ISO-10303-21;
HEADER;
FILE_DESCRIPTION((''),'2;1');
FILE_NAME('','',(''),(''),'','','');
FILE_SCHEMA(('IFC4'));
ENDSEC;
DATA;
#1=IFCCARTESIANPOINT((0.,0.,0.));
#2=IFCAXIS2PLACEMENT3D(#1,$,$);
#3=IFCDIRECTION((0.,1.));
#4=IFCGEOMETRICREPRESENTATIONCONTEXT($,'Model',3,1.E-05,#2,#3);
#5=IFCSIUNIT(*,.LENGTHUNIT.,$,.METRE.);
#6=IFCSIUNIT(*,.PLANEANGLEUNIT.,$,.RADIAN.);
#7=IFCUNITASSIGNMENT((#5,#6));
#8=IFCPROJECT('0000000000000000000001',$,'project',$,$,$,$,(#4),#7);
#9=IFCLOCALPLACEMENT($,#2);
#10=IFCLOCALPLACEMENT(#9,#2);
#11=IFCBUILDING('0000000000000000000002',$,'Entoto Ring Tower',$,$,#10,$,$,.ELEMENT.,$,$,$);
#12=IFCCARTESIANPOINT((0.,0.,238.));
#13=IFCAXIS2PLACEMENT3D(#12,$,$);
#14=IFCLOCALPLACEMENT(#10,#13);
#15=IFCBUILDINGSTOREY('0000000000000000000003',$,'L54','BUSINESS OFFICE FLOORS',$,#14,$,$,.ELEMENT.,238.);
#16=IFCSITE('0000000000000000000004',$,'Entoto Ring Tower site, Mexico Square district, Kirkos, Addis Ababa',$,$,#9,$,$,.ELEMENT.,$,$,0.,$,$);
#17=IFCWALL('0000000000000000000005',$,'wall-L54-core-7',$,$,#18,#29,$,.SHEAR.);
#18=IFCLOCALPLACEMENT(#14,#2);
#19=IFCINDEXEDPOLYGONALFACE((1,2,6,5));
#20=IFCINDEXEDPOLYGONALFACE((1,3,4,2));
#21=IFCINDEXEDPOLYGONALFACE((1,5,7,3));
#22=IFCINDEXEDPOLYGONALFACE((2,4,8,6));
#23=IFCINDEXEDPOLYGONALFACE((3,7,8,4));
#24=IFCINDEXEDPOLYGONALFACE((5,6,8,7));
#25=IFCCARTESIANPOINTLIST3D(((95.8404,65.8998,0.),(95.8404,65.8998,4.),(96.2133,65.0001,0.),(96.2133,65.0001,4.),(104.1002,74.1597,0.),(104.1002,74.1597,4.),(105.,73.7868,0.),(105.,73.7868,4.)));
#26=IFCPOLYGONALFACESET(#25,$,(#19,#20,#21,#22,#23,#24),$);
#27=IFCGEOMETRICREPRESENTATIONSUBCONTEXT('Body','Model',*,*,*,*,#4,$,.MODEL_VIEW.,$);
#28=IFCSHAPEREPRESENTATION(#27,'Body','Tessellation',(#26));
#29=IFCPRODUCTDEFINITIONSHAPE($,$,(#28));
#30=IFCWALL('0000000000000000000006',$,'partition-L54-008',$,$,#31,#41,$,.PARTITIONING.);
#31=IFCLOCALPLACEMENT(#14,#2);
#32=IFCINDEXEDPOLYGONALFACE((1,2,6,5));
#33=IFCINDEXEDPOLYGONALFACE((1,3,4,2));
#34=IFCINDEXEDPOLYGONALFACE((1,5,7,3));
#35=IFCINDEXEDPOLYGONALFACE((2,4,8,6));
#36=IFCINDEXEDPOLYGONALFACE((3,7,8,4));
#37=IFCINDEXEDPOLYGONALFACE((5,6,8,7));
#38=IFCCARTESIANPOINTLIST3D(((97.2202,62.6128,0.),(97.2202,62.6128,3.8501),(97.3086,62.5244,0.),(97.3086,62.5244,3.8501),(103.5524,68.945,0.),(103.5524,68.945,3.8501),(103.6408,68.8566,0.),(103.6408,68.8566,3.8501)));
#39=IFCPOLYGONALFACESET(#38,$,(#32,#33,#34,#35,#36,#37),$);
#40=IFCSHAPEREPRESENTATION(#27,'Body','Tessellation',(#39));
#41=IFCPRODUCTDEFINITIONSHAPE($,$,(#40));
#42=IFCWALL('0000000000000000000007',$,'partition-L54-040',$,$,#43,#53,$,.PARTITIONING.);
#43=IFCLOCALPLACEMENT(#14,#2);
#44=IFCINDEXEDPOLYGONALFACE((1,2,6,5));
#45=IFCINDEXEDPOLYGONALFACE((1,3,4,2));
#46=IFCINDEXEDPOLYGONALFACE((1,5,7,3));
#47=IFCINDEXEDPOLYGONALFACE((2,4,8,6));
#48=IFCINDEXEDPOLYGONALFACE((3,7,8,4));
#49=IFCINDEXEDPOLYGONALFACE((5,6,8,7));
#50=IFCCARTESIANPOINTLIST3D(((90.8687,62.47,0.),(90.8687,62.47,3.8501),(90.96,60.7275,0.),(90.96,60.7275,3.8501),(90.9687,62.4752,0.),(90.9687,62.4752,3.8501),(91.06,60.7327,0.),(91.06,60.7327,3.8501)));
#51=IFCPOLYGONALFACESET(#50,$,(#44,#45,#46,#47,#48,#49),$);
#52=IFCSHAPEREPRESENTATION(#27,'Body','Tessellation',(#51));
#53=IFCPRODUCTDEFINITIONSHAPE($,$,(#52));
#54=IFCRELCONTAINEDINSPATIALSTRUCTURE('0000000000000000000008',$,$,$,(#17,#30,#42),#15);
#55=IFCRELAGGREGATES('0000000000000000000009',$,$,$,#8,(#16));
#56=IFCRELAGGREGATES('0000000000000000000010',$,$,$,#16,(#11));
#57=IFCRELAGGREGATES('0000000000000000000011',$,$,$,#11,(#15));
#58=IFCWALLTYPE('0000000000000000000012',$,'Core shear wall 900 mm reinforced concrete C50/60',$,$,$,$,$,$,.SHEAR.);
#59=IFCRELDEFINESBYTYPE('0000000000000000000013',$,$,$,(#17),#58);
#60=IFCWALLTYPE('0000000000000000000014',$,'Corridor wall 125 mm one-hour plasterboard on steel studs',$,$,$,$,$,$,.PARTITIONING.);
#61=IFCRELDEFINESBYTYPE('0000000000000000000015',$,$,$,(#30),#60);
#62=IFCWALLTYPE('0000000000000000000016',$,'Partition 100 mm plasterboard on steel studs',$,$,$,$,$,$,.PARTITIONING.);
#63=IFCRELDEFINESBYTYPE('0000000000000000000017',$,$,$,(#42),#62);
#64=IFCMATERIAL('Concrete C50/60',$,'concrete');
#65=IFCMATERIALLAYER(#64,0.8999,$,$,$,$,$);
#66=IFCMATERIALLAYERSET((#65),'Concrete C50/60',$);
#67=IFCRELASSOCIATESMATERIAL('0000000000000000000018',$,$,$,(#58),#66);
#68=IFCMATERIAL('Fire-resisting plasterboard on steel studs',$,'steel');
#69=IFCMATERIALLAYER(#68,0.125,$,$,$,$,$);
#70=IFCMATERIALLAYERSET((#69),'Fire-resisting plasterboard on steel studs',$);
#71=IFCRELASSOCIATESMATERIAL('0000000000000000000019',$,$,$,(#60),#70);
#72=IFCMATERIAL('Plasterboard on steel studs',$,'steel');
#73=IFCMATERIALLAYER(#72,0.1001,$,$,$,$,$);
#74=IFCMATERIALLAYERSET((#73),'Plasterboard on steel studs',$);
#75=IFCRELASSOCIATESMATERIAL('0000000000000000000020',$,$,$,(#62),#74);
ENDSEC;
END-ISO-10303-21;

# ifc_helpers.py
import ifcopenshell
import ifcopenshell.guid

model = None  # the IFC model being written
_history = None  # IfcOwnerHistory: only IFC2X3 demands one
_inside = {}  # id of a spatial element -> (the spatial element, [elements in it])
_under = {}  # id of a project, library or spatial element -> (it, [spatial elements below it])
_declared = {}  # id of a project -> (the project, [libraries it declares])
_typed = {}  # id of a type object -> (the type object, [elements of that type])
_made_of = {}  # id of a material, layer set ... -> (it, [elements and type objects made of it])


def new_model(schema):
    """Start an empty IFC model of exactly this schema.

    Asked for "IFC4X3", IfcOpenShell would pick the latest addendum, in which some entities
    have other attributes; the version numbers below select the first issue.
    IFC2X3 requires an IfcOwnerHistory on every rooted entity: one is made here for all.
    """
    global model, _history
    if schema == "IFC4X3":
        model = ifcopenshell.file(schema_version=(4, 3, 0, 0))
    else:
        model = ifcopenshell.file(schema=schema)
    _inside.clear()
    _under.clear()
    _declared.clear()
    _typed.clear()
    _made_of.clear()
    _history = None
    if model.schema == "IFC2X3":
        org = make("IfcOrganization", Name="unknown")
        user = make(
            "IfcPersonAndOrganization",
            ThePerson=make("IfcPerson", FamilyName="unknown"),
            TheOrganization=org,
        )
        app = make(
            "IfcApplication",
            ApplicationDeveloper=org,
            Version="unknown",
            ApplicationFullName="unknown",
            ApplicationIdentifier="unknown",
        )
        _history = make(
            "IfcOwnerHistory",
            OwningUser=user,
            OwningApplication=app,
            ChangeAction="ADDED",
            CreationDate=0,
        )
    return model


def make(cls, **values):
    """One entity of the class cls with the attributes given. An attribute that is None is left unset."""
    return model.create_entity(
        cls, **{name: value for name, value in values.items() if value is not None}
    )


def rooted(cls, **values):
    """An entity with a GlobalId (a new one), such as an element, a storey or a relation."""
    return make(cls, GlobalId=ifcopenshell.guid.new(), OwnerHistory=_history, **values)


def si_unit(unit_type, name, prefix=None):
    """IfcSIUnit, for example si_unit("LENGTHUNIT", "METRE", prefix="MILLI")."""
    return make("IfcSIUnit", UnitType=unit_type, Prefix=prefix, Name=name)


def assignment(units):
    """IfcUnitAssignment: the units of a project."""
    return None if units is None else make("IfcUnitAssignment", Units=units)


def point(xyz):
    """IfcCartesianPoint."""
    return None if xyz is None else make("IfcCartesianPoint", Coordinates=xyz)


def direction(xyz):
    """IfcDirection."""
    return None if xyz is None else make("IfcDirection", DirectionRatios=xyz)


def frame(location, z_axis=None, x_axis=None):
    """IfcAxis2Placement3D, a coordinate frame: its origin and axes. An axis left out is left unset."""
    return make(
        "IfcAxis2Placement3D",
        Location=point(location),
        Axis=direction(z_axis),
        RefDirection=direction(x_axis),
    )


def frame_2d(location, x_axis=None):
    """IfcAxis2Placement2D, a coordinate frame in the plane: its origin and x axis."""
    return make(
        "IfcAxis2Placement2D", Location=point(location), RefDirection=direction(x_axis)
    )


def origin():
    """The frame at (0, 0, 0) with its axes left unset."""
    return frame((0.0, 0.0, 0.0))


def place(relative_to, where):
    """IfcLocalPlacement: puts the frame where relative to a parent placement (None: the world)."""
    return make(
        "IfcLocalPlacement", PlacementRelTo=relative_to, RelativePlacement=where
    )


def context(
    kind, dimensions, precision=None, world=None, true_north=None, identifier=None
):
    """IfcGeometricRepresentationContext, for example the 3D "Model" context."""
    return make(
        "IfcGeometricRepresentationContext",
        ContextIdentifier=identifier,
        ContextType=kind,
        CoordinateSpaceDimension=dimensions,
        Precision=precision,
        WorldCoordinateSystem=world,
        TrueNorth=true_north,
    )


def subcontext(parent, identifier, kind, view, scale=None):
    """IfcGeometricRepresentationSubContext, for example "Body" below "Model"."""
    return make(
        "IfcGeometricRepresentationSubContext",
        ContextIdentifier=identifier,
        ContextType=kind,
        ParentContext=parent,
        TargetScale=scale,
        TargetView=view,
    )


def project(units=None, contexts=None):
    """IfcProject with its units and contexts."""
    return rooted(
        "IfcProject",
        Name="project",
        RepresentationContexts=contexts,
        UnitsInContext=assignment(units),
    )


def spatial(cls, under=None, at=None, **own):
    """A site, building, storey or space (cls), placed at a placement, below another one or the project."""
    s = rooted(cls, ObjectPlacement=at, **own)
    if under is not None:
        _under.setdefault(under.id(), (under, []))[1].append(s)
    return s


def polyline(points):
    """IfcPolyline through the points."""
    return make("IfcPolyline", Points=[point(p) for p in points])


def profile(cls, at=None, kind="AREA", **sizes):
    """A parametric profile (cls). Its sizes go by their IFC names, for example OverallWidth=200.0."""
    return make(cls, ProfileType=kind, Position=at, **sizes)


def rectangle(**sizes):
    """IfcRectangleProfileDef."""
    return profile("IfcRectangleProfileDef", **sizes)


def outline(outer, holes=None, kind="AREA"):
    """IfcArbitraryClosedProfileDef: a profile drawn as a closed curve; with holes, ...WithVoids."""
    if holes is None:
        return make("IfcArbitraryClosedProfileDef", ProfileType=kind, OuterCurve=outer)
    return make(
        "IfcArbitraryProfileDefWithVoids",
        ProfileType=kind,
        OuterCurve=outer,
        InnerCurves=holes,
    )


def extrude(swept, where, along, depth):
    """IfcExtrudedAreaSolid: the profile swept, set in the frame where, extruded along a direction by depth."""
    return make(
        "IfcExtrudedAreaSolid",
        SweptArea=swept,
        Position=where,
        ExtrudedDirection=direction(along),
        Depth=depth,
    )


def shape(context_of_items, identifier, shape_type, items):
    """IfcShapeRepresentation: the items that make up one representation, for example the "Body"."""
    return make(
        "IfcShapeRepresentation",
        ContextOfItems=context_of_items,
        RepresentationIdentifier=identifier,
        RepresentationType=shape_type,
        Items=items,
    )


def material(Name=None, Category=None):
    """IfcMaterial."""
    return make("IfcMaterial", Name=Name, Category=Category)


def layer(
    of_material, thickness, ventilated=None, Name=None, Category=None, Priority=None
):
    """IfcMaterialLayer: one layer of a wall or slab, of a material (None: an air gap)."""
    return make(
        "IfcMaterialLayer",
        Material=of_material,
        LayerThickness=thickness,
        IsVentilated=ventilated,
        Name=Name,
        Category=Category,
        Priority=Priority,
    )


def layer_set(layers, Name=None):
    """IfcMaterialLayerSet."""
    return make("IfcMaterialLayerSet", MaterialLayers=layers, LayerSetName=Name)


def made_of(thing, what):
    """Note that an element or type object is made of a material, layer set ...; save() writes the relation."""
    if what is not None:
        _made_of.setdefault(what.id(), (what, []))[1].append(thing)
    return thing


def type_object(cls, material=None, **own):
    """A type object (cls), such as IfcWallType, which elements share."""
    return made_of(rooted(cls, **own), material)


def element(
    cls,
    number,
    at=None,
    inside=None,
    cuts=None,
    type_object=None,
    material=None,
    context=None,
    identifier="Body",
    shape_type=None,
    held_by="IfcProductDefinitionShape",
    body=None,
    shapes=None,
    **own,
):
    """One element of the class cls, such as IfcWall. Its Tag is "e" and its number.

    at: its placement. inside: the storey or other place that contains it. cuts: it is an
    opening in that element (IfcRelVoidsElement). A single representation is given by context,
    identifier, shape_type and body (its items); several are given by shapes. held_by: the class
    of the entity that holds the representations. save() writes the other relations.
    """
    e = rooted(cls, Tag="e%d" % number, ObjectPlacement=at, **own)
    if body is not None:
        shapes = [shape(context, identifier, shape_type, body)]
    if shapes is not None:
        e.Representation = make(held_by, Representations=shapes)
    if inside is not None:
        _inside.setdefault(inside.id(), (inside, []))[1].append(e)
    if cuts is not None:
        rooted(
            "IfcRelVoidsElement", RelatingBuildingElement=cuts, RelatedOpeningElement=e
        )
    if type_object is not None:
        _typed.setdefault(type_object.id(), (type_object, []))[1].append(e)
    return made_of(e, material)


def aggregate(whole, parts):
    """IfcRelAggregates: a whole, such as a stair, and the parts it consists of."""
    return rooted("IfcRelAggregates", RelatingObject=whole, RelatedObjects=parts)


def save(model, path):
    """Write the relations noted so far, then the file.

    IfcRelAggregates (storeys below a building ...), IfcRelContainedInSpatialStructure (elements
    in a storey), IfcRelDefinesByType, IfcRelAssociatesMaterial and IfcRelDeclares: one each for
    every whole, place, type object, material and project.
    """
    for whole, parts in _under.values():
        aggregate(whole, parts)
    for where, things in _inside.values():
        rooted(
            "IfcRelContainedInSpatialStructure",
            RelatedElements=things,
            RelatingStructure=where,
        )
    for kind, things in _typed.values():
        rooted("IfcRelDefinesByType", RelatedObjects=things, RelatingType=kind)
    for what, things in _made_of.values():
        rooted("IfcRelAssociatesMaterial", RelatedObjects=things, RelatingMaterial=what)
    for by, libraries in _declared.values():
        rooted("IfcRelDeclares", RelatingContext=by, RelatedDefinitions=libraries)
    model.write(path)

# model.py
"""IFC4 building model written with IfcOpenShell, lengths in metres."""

from ifc_helpers import new_model, si_unit, direction, frame, frame_2d, origin, place, context, subcontext, project, spatial, polyline, rectangle, outline, extrude, material, layer, layer_set, type_object, element, save


model = new_model("IFC4")

# Units and contexts
model_context = context("Model", 3, precision=1e-05, world=origin(), true_north=direction((0.0, 1.0)))
body_context = subcontext(model_context, "Body", "Model", "MODEL_VIEW")
ifc_project = project(units=[si_unit("LENGTHUNIT", "METRE"), si_unit("PLANEANGLEUNIT", "RADIAN")], contexts=[model_context])

# Site, building, storey
site_placement = place(None, origin())
site = spatial("IfcSite", under=ifc_project, at=site_placement, Name="Entoto Ring Tower site, Mexico Square district, Kirkos, Addis Ababa", CompositionType="ELEMENT", RefElevation=0.0)
building_placement = place(site_placement, origin())
building = spatial("IfcBuilding", under=site, at=building_placement, Name="Entoto Ring Tower", CompositionType="ELEMENT")
storey_placement = place(building_placement, frame((0.0, 0.0, 238.0)))
storey = spatial("IfcBuildingStorey", under=building, at=storey_placement, Name="L54", Description="BUSINESS OFFICE FLOORS", CompositionType="ELEMENT", Elevation=238.0)

# Walls
ifc_material_1 = material(Name="Concrete C50/60", Category="concrete")
ifc_layer_1 = layer(ifc_material_1, 0.8999)
ifc_layer_set_1 = layer_set([ifc_layer_1], Name="Concrete C50/60")
wall_type_1 = type_object("IfcWallType", Name="Core shear wall 900 mm reinforced concrete C50/60", PredefinedType="SHEAR", material=ifc_layer_set_1)
wall_1_placement = place(storey_placement, frame((96.0269, 65.45, 0.0), z_axis=(0.0, 0.0, 1.0), x_axis=(0.707107, 0.707107, 0.0)))
element("IfcWall", 1, at=wall_1_placement, inside=storey, type_object=wall_type_1, Name="wall-L54-core-7", PredefinedType="SHEAR", context=body_context, shape_type="SweptSolid", body=[
    extrude(outline(polyline([(-0.1863, -0.45), (12.24, -0.45), (11.8674, 0.45), (0.1863, 0.45), (-0.1863, -0.45)])), origin(), (0.0, 0.0, 1.0), 4.0),
])
ifc_material_2 = material(Name="Fire-resisting plasterboard on steel studs", Category="steel")
ifc_layer_2 = layer(ifc_material_2, 0.125)
ifc_layer_set_2 = layer_set([ifc_layer_2], Name="Fire-resisting plasterboard on steel studs")
wall_type_2 = type_object("IfcWallType", Name="Corridor wall 125 mm one-hour plasterboard on steel studs", PredefinedType="PARTITIONING", material=ifc_layer_set_2)
wall_2_placement = place(storey_placement, frame((97.2644, 62.5686, 0.0), z_axis=(0.0, 0.0, 1.0), x_axis=(0.707107, 0.707107, 0.0)))
element("IfcWall", 2, at=wall_2_placement, inside=storey, type_object=wall_type_2, Name="partition-L54-008", PredefinedType="PARTITIONING", context=body_context, shape_type="SweptSolid", body=[
    extrude(rectangle(XDim=8.9551, YDim=0.125, at=frame_2d((4.4775, 0.0))), origin(), (0.0, 0.0, 1.0), 3.8501),
])
ifc_material_3 = material(Name="Plasterboard on steel studs", Category="steel")
ifc_layer_3 = layer(ifc_material_3, 0.1001)
ifc_layer_set_3 = layer_set([ifc_layer_3], Name="Plasterboard on steel studs")
wall_type_3 = type_object("IfcWallType", Name="Partition 100 mm plasterboard on steel studs", PredefinedType="PARTITIONING", material=ifc_layer_set_3)
wall_3_placement = place(storey_placement, frame((91.01, 60.73, 0.0), z_axis=(0.0, 0.0, 1.0), x_axis=(-0.052331, 0.99863, 0.0)))
element("IfcWall", 3, at=wall_3_placement, inside=storey, type_object=wall_type_3, Name="partition-L54-040", PredefinedType="PARTITIONING", context=body_context, shape_type="SweptSolid", body=[
    extrude(rectangle(XDim=1.7449, YDim=0.1001, at=frame_2d((0.8726, 0.0))), origin(), (0.0, 0.0, 1.0), 3.8501),
])

save(model, "model.ifc")
